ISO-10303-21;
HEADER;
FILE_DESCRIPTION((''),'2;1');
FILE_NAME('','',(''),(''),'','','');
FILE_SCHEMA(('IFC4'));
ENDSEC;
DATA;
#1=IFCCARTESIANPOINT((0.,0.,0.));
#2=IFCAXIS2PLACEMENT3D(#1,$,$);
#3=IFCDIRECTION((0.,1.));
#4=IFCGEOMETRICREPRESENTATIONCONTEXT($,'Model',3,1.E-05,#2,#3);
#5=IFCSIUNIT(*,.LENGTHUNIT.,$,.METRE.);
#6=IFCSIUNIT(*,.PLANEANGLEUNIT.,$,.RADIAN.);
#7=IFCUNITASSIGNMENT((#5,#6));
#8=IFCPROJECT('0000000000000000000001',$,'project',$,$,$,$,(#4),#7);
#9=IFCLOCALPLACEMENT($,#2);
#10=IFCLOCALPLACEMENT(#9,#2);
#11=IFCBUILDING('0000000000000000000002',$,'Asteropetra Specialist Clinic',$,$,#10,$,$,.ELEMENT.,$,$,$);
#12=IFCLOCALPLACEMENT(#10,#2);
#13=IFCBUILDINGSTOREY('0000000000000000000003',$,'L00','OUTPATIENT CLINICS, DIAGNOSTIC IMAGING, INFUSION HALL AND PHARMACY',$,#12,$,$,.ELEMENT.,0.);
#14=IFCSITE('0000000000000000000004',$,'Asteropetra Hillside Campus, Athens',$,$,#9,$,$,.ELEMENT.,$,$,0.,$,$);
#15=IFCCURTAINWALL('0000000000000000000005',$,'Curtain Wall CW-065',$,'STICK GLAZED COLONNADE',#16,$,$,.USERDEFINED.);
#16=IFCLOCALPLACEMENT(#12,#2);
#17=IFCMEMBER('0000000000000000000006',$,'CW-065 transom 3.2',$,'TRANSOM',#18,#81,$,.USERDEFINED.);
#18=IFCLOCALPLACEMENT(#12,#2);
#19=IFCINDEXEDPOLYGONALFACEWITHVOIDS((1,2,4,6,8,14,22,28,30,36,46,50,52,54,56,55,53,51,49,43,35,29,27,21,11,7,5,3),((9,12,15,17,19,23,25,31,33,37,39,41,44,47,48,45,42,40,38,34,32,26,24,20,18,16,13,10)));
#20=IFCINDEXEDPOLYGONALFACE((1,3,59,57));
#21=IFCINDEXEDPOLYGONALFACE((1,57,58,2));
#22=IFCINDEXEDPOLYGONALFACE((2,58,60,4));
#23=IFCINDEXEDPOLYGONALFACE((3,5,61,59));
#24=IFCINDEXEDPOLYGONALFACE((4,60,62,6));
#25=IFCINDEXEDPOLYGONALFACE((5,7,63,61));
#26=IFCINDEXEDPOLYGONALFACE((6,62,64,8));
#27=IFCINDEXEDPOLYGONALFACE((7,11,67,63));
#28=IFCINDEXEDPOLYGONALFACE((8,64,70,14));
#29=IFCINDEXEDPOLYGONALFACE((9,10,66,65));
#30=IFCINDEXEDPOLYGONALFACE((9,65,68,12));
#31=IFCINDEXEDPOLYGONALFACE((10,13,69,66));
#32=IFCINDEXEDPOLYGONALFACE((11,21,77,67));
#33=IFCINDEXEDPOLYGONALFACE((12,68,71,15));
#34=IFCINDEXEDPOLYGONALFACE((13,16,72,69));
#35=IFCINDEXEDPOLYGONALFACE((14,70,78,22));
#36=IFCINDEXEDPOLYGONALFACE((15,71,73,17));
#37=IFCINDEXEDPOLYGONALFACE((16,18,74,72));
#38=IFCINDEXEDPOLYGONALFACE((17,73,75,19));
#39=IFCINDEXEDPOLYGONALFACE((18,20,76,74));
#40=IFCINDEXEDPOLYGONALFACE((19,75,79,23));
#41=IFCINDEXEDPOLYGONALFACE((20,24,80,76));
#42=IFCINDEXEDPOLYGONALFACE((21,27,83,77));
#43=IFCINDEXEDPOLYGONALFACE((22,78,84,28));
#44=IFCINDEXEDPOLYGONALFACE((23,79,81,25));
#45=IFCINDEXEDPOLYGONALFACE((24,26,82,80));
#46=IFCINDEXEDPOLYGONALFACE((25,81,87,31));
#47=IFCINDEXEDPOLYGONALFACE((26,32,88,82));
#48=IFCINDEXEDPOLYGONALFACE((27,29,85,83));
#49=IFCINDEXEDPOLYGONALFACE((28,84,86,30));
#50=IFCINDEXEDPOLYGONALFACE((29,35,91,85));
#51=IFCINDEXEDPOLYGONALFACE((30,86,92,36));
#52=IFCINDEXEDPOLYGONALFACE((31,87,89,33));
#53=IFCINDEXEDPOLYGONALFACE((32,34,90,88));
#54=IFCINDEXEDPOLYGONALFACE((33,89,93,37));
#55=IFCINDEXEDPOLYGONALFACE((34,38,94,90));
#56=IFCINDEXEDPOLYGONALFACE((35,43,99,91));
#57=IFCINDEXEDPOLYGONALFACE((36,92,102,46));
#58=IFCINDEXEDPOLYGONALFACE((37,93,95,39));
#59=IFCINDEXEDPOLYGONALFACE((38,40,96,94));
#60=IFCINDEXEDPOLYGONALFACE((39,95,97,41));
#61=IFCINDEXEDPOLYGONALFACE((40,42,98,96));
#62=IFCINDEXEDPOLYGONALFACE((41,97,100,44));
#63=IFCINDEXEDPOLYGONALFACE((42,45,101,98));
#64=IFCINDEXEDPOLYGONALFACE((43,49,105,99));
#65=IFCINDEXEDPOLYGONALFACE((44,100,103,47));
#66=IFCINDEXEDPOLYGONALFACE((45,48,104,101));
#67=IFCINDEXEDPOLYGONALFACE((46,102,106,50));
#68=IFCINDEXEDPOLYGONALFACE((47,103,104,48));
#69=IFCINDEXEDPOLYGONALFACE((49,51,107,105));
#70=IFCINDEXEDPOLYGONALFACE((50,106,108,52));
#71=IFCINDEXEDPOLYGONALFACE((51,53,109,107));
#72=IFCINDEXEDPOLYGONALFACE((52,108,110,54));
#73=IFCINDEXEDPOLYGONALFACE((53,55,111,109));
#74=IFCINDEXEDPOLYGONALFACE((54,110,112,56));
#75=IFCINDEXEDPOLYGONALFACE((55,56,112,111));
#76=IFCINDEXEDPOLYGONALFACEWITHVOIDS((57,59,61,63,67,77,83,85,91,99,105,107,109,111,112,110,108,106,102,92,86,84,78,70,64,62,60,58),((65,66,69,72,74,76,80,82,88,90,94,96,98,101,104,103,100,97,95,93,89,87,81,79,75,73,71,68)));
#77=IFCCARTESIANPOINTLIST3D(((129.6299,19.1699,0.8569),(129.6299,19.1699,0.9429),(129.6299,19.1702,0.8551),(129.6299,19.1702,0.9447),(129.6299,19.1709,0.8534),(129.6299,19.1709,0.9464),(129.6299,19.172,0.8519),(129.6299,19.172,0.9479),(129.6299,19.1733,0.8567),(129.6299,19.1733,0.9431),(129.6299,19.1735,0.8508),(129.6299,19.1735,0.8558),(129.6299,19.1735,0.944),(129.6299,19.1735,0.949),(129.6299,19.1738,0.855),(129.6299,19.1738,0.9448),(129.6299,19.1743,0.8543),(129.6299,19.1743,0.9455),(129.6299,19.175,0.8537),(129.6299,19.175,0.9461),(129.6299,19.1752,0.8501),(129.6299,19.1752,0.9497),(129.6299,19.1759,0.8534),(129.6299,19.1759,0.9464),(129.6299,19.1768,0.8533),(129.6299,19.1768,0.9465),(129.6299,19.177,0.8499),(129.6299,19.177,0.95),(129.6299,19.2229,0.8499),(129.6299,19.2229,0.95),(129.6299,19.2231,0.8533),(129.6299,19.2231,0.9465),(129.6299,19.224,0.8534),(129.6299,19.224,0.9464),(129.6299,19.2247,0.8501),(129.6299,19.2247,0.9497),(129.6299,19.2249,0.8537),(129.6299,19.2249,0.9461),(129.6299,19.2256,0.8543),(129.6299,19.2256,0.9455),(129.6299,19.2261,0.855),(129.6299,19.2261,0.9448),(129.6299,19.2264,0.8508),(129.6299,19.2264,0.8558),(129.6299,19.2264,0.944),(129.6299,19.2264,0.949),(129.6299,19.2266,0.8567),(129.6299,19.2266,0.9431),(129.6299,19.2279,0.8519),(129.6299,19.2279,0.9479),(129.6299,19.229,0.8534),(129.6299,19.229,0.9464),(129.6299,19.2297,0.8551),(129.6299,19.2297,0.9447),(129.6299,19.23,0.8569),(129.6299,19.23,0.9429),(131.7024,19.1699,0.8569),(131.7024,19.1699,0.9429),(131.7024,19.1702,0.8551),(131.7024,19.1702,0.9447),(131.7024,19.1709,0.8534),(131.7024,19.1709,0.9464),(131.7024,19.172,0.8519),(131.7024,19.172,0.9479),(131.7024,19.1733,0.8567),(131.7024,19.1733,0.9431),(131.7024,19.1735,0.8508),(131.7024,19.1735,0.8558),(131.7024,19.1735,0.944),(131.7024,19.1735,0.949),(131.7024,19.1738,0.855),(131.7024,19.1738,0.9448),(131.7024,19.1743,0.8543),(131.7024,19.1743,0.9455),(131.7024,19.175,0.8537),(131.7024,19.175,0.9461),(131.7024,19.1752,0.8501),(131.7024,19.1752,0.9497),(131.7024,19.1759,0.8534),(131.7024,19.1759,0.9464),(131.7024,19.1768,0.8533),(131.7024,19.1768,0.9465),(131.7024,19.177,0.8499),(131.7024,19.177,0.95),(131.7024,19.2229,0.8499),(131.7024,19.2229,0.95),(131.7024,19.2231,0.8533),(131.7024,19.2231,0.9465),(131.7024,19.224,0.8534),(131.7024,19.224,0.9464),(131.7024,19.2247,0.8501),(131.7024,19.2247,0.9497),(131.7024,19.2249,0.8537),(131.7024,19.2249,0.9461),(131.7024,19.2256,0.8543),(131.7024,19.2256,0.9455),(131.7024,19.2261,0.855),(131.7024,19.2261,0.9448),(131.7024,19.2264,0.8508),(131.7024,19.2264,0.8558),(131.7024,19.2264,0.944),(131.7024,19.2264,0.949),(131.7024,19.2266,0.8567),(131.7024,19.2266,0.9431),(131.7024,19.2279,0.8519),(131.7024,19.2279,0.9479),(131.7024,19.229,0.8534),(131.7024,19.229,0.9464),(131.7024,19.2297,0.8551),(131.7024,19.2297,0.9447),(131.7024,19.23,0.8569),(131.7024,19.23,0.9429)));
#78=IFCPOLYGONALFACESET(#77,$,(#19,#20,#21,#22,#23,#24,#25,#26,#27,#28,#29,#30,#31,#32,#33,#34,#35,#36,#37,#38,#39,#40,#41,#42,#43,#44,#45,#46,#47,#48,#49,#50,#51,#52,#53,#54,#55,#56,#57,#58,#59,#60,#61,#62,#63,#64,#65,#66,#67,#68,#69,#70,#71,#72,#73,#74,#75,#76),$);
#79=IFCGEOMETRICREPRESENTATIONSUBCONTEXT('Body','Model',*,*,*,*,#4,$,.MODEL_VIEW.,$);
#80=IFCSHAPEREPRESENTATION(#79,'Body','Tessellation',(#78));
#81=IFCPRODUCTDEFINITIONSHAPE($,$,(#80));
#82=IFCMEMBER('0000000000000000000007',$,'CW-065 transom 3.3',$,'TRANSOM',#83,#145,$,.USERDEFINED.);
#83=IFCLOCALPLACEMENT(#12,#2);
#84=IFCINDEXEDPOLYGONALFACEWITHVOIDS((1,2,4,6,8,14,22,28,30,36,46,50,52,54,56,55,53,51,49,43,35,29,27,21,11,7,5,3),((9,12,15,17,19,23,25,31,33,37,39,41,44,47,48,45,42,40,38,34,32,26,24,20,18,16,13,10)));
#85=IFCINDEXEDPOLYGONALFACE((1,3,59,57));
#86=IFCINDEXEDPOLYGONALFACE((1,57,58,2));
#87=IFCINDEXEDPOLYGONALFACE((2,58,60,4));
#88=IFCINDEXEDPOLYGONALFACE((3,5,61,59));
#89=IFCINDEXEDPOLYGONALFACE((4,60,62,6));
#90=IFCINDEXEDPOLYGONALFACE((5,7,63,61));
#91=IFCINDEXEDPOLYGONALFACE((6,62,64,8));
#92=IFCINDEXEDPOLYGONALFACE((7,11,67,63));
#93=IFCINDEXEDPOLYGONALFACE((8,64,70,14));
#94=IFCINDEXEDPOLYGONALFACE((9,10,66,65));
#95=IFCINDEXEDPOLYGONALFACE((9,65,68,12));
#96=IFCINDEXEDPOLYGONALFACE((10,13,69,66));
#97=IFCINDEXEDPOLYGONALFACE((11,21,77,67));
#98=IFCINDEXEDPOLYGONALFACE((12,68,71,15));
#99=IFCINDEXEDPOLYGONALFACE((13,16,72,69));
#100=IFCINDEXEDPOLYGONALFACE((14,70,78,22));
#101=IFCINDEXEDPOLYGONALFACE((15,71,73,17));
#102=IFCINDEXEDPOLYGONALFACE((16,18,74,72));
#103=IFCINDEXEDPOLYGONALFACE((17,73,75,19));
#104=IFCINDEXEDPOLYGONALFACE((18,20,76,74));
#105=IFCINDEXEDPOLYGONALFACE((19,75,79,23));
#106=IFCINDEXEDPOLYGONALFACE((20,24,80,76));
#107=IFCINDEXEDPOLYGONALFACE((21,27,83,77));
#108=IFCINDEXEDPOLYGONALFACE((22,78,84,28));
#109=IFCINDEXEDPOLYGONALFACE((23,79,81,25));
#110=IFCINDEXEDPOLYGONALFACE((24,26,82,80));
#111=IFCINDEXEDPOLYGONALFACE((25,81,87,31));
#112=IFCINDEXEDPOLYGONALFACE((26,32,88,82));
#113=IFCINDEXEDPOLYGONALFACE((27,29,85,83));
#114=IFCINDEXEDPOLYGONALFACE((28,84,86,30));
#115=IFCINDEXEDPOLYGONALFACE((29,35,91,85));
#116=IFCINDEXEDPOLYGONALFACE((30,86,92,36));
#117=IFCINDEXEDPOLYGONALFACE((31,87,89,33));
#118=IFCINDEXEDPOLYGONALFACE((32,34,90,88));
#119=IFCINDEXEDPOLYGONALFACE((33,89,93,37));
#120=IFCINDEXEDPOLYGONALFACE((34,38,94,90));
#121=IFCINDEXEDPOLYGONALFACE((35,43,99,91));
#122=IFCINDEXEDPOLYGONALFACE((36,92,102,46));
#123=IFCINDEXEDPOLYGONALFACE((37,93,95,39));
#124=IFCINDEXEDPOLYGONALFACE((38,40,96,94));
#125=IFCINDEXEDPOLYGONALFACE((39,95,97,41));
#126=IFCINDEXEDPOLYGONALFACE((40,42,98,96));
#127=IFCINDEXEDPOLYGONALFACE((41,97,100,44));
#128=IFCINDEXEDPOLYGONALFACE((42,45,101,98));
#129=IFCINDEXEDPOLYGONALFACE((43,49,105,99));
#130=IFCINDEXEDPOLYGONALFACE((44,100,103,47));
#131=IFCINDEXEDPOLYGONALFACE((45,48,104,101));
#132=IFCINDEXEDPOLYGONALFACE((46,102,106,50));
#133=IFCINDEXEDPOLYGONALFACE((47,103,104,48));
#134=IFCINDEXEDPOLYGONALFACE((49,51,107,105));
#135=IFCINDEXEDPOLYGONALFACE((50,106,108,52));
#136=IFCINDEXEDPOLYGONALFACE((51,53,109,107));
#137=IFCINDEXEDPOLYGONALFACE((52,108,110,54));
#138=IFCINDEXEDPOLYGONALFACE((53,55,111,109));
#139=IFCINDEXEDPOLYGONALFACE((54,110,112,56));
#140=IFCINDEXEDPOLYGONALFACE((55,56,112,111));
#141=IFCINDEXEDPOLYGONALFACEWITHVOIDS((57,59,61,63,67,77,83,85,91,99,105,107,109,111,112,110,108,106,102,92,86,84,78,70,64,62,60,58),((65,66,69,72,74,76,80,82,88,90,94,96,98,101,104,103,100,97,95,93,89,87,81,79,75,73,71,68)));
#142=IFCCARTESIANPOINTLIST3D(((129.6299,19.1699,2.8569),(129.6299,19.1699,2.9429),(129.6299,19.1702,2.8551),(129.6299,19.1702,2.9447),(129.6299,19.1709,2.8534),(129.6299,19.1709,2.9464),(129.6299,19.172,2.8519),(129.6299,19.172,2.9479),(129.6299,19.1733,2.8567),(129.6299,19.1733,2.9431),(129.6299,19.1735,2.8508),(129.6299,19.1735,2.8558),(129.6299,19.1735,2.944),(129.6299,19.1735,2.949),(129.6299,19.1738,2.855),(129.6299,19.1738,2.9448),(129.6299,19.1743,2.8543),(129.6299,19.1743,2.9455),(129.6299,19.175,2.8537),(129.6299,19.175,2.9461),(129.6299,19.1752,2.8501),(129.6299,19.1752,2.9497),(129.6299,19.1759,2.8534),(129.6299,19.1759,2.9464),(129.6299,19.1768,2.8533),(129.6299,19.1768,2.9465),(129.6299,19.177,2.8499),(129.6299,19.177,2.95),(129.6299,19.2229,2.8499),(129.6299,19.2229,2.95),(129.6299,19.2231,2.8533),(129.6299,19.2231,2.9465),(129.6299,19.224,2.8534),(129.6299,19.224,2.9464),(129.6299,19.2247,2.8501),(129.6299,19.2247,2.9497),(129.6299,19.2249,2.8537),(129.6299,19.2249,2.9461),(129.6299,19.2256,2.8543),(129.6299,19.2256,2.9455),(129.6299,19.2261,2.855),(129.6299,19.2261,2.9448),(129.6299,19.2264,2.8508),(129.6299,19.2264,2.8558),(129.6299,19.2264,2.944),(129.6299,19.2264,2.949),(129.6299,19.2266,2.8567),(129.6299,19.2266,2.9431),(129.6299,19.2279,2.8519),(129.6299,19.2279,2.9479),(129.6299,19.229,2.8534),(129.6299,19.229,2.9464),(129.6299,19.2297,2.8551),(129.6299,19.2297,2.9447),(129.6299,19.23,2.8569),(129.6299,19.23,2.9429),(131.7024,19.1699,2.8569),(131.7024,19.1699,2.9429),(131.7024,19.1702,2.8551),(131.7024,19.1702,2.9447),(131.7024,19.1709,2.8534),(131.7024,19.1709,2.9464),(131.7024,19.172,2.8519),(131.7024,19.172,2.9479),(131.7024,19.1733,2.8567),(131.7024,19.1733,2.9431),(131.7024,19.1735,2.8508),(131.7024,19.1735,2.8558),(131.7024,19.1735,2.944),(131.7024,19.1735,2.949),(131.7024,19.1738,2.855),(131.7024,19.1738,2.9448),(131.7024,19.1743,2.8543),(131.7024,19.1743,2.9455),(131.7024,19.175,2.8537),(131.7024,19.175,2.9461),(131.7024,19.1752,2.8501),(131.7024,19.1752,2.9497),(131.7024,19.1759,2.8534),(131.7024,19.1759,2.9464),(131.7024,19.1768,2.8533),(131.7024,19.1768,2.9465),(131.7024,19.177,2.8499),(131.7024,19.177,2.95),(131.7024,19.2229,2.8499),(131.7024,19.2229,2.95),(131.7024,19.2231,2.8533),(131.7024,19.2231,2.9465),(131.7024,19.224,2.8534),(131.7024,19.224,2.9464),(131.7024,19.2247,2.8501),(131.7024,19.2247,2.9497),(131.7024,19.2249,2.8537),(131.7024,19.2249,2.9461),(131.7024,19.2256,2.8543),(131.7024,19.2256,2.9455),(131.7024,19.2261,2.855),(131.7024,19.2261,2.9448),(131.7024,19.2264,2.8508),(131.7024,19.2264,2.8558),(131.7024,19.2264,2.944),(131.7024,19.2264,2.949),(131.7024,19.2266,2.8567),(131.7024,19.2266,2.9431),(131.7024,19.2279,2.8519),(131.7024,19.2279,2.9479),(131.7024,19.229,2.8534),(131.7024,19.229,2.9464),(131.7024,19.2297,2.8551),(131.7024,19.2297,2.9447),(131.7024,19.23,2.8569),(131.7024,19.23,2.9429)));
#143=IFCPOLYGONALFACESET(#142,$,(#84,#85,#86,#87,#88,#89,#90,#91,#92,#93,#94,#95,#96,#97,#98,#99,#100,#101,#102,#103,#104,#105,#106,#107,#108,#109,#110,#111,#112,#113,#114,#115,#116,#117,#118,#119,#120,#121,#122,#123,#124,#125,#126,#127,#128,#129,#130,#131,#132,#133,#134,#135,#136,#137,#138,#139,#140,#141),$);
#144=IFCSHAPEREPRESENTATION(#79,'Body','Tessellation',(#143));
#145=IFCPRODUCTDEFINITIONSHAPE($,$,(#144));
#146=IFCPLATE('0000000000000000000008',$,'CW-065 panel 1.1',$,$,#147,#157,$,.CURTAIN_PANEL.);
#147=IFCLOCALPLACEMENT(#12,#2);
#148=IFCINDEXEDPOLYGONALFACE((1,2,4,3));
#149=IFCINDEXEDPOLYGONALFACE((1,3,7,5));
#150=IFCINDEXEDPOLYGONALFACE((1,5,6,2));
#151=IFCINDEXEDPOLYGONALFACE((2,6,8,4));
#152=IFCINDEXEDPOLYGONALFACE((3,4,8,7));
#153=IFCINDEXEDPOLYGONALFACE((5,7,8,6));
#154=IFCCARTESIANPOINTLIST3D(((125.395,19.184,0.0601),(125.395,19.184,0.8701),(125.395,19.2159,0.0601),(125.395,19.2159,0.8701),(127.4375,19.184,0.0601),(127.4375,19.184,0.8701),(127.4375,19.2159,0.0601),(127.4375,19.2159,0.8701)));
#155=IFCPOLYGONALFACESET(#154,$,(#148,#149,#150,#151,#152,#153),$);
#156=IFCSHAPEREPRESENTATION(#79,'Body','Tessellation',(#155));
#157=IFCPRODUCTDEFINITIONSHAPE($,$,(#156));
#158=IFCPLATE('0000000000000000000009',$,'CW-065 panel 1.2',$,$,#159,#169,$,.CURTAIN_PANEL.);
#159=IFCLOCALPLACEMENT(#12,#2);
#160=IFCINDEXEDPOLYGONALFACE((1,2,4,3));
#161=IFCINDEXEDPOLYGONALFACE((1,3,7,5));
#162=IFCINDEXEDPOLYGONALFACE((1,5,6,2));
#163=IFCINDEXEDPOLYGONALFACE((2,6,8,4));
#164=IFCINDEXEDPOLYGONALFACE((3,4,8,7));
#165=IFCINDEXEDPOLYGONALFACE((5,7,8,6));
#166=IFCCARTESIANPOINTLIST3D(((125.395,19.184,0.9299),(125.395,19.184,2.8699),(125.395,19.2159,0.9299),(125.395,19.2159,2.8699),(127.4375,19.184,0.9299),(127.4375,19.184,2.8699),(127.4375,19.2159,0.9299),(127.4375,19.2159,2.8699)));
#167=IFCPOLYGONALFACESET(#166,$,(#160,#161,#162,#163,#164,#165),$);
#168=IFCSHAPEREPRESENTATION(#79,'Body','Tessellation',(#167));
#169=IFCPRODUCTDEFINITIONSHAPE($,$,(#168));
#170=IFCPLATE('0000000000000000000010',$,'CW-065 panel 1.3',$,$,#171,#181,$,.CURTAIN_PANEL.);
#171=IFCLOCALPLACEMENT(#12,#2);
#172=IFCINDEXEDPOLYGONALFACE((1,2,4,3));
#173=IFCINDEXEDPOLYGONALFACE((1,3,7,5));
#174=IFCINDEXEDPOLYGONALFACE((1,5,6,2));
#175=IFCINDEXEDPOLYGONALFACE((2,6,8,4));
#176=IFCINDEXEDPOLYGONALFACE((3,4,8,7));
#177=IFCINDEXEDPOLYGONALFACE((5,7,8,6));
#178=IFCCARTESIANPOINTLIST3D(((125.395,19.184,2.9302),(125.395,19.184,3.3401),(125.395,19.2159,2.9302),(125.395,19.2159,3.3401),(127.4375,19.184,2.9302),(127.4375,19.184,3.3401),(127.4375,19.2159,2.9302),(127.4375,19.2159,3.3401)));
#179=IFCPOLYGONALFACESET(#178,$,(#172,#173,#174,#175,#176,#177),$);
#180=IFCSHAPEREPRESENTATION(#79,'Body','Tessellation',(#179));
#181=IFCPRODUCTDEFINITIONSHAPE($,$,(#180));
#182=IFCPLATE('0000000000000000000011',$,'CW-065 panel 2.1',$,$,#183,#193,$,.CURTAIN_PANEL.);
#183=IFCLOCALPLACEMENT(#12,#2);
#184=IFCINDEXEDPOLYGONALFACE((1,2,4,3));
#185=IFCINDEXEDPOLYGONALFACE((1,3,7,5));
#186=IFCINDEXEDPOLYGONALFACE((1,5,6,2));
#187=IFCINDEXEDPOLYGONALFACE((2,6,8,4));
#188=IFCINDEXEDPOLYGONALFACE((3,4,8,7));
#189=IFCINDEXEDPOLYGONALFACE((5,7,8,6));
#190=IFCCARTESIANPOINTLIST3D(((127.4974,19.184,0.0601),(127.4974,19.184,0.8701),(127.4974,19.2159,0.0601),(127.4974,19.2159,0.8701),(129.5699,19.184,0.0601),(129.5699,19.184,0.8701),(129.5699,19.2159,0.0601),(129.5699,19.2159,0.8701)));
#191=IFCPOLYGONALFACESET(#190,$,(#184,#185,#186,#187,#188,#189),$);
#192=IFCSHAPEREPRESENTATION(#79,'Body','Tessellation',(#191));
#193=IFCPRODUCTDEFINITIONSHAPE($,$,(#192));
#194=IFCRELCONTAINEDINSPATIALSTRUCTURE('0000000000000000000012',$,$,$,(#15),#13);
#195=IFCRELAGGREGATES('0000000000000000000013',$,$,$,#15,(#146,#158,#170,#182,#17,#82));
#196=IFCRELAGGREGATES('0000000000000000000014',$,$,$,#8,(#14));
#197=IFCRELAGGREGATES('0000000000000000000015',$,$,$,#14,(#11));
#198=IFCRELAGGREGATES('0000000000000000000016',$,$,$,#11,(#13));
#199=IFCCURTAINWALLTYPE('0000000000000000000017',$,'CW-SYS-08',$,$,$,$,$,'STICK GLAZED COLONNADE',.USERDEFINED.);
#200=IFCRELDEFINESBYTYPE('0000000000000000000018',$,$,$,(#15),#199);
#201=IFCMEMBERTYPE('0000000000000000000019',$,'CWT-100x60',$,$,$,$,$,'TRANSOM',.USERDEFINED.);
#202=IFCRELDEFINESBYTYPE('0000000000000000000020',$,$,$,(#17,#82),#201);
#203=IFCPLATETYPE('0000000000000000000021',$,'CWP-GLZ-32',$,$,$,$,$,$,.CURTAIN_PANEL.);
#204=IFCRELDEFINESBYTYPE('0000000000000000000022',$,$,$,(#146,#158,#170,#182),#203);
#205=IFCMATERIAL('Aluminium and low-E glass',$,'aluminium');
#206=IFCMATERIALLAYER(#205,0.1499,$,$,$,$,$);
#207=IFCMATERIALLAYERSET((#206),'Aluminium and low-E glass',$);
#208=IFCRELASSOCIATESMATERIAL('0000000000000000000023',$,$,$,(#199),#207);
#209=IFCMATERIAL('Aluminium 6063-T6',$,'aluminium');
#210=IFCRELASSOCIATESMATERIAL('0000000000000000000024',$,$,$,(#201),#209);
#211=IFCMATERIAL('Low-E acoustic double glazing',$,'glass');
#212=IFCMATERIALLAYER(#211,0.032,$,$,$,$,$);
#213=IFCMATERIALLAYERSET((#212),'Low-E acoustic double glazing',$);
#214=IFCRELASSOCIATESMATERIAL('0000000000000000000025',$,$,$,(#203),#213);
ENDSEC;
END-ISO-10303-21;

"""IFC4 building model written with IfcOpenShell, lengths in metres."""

from ifc_helpers import new_model, si_unit, direction, frame, origin, origin_2d, place, context, subcontext, project, spatial, rectangle, hollow_rectangle, extrude, material, layer, layer_set, material_profile, profile_set, type_object, element, aggregate, save


model = new_model("IFC4")

# Units and contexts
model_context = context("Model", 3, precision=1e-05, world=origin(), true_north=direction((0.0, 1.0)))
body_context = subcontext(model_context, "Body", "Model", "MODEL_VIEW")
ifc_project = project(units=[si_unit("LENGTHUNIT", "METRE"), si_unit("PLANEANGLEUNIT", "RADIAN")], contexts=[model_context])

# Site, building, storey
site_placement = place(None, origin())
site = spatial("IfcSite", under=ifc_project, at=site_placement, Name="Asteropetra Hillside Campus, Athens", CompositionType="ELEMENT", RefElevation=0.0)
building_placement = place(site_placement, origin())
building = spatial("IfcBuilding", under=site, at=building_placement, Name="Asteropetra Specialist Clinic", CompositionType="ELEMENT")
storey_placement = place(building_placement, origin())
storey = spatial("IfcBuildingStorey", under=building, at=storey_placement, Name="L00", Description="OUTPATIENT CLINICS, DIAGNOSTIC IMAGING, INFUSION HALL AND PHARMACY", CompositionType="ELEMENT", Elevation=0.0)

# Curtain wall, members, plates
ifc_material_1 = material(Name="Aluminium and low-E glass", Category="aluminium")
ifc_layer_1 = layer(ifc_material_1, 0.1499)
ifc_layer_set_1 = layer_set([ifc_layer_1], Name="Aluminium and low-E glass")
curtain_wall_type = type_object("IfcCurtainWallType", Name="CW-SYS-08", ElementType="STICK GLAZED COLONNADE", PredefinedType="USERDEFINED", material=ifc_layer_set_1)
curtain_wall_placement = place(storey_placement, origin())
curtain_wall = element("IfcCurtainWall", 1, at=curtain_wall_placement, inside=storey, type_object=curtain_wall_type, Name="Curtain Wall CW-065", ObjectType="STICK GLAZED COLONNADE", PredefinedType="USERDEFINED")
ifc_material_2 = material(Name="Aluminium 6063-T6", Category="aluminium")
ifc_material_profile_1 = material_profile(ifc_material_2, hollow_rectangle(XDim=0.0601, YDim=0.1001, WallThickness=0.0034, InnerFilletRadius=0.0034, OuterFilletRadius=0.0071, at=origin_2d()), Name="TRN 100x60x3.5")
ifc_profile_set_1 = profile_set([ifc_material_profile_1], Name="Aluminium 6063-T6")
member_type_1 = type_object("IfcMemberType", Name="CWT-100x60", ElementType="TRANSOM", PredefinedType="USERDEFINED", material=ifc_profile_set_1)
member_1_placement = place(storey_placement, frame((129.6299, 19.2, 0.8999), z_axis=(1.0, 0.0, 0.0), x_axis=(0.0, 1.0, 0.0)))
member_1 = element("IfcMember", 2, at=member_1_placement, type_object=member_type_1, Name="CW-065 transom 3.2", ObjectType="TRANSOM", PredefinedType="USERDEFINED", context=body_context, shape_type="SweptSolid", body=[
    extrude(hollow_rectangle(XDim=0.0601, YDim=0.1001, WallThickness=0.0034, InnerFilletRadius=0.0034, OuterFilletRadius=0.0071, at=origin_2d()), origin(), (0.0, 0.0, 1.0), 2.0725),
])
member_2_placement = place(storey_placement, frame((129.6299, 19.2, 2.8999), z_axis=(1.0, 0.0, 0.0), x_axis=(0.0, 1.0, 0.0)))
member_2 = element("IfcMember", 3, at=member_2_placement, type_object=member_type_1, Name="CW-065 transom 3.3", ObjectType="TRANSOM", PredefinedType="USERDEFINED", context=body_context, shape_type="SweptSolid", body=[
    extrude(hollow_rectangle(XDim=0.0601, YDim=0.1001, WallThickness=0.0034, InnerFilletRadius=0.0034, OuterFilletRadius=0.0071, at=origin_2d()), origin(), (0.0, 0.0, 1.0), 2.0725),
])
ifc_material_3 = material(Name="Low-E acoustic double glazing", Category="glass")
ifc_layer_2 = layer(ifc_material_3, 0.032)
ifc_layer_set_2 = layer_set([ifc_layer_2], Name="Low-E acoustic double glazing")
plate_type = type_object("IfcPlateType", Name="CWP-GLZ-32", PredefinedType="CURTAIN_PANEL", material=ifc_layer_set_2)
plate_1_placement = place(storey_placement, frame((126.4163, 19.2, 0.0601), z_axis=(0.0, 0.0, 1.0), x_axis=(1.0, 0.0, 0.0)))
plate_1 = element("IfcPlate", 4, at=plate_1_placement, type_object=plate_type, Name="CW-065 panel 1.1", PredefinedType="CURTAIN_PANEL", context=body_context, shape_type="SweptSolid", body=[
    extrude(rectangle(XDim=2.0425, YDim=0.032, at=origin_2d()), origin(), (0.0, 0.0, 1.0), 0.8101),
])
plate_2_placement = place(storey_placement, frame((126.4163, 19.2, 0.9299), z_axis=(0.0, 0.0, 1.0), x_axis=(1.0, 0.0, 0.0)))
plate_2 = element("IfcPlate", 5, at=plate_2_placement, type_object=plate_type, Name="CW-065 panel 1.2", PredefinedType="CURTAIN_PANEL", context=body_context, shape_type="SweptSolid", body=[
    extrude(rectangle(XDim=2.0425, YDim=0.032, at=origin_2d()), origin(), (0.0, 0.0, 1.0), 1.9399),
])
plate_3_placement = place(storey_placement, frame((126.4163, 19.2, 2.9302), z_axis=(0.0, 0.0, 1.0), x_axis=(1.0, 0.0, 0.0)))
plate_3 = element("IfcPlate", 6, at=plate_3_placement, type_object=plate_type, Name="CW-065 panel 1.3", PredefinedType="CURTAIN_PANEL", context=body_context, shape_type="SweptSolid", body=[
    extrude(rectangle(XDim=2.0425, YDim=0.032, at=origin_2d()), origin(), (0.0, 0.0, 1.0), 0.4099),
])
plate_4_placement = place(storey_placement, frame((128.5337, 19.2, 0.0601), z_axis=(0.0, 0.0, 1.0), x_axis=(1.0, 0.0, 0.0)))
plate_4 = element("IfcPlate", 7, at=plate_4_placement, type_object=plate_type, Name="CW-065 panel 2.1", PredefinedType="CURTAIN_PANEL", context=body_context, shape_type="SweptSolid", body=[
    extrude(rectangle(XDim=2.0725, YDim=0.032, at=origin_2d()), origin(), (0.0, 0.0, 1.0), 0.8101),
])
aggregate(curtain_wall, [plate_1, plate_2, plate_3, plate_4, member_1, member_2])

save(model, "model.ifc")
